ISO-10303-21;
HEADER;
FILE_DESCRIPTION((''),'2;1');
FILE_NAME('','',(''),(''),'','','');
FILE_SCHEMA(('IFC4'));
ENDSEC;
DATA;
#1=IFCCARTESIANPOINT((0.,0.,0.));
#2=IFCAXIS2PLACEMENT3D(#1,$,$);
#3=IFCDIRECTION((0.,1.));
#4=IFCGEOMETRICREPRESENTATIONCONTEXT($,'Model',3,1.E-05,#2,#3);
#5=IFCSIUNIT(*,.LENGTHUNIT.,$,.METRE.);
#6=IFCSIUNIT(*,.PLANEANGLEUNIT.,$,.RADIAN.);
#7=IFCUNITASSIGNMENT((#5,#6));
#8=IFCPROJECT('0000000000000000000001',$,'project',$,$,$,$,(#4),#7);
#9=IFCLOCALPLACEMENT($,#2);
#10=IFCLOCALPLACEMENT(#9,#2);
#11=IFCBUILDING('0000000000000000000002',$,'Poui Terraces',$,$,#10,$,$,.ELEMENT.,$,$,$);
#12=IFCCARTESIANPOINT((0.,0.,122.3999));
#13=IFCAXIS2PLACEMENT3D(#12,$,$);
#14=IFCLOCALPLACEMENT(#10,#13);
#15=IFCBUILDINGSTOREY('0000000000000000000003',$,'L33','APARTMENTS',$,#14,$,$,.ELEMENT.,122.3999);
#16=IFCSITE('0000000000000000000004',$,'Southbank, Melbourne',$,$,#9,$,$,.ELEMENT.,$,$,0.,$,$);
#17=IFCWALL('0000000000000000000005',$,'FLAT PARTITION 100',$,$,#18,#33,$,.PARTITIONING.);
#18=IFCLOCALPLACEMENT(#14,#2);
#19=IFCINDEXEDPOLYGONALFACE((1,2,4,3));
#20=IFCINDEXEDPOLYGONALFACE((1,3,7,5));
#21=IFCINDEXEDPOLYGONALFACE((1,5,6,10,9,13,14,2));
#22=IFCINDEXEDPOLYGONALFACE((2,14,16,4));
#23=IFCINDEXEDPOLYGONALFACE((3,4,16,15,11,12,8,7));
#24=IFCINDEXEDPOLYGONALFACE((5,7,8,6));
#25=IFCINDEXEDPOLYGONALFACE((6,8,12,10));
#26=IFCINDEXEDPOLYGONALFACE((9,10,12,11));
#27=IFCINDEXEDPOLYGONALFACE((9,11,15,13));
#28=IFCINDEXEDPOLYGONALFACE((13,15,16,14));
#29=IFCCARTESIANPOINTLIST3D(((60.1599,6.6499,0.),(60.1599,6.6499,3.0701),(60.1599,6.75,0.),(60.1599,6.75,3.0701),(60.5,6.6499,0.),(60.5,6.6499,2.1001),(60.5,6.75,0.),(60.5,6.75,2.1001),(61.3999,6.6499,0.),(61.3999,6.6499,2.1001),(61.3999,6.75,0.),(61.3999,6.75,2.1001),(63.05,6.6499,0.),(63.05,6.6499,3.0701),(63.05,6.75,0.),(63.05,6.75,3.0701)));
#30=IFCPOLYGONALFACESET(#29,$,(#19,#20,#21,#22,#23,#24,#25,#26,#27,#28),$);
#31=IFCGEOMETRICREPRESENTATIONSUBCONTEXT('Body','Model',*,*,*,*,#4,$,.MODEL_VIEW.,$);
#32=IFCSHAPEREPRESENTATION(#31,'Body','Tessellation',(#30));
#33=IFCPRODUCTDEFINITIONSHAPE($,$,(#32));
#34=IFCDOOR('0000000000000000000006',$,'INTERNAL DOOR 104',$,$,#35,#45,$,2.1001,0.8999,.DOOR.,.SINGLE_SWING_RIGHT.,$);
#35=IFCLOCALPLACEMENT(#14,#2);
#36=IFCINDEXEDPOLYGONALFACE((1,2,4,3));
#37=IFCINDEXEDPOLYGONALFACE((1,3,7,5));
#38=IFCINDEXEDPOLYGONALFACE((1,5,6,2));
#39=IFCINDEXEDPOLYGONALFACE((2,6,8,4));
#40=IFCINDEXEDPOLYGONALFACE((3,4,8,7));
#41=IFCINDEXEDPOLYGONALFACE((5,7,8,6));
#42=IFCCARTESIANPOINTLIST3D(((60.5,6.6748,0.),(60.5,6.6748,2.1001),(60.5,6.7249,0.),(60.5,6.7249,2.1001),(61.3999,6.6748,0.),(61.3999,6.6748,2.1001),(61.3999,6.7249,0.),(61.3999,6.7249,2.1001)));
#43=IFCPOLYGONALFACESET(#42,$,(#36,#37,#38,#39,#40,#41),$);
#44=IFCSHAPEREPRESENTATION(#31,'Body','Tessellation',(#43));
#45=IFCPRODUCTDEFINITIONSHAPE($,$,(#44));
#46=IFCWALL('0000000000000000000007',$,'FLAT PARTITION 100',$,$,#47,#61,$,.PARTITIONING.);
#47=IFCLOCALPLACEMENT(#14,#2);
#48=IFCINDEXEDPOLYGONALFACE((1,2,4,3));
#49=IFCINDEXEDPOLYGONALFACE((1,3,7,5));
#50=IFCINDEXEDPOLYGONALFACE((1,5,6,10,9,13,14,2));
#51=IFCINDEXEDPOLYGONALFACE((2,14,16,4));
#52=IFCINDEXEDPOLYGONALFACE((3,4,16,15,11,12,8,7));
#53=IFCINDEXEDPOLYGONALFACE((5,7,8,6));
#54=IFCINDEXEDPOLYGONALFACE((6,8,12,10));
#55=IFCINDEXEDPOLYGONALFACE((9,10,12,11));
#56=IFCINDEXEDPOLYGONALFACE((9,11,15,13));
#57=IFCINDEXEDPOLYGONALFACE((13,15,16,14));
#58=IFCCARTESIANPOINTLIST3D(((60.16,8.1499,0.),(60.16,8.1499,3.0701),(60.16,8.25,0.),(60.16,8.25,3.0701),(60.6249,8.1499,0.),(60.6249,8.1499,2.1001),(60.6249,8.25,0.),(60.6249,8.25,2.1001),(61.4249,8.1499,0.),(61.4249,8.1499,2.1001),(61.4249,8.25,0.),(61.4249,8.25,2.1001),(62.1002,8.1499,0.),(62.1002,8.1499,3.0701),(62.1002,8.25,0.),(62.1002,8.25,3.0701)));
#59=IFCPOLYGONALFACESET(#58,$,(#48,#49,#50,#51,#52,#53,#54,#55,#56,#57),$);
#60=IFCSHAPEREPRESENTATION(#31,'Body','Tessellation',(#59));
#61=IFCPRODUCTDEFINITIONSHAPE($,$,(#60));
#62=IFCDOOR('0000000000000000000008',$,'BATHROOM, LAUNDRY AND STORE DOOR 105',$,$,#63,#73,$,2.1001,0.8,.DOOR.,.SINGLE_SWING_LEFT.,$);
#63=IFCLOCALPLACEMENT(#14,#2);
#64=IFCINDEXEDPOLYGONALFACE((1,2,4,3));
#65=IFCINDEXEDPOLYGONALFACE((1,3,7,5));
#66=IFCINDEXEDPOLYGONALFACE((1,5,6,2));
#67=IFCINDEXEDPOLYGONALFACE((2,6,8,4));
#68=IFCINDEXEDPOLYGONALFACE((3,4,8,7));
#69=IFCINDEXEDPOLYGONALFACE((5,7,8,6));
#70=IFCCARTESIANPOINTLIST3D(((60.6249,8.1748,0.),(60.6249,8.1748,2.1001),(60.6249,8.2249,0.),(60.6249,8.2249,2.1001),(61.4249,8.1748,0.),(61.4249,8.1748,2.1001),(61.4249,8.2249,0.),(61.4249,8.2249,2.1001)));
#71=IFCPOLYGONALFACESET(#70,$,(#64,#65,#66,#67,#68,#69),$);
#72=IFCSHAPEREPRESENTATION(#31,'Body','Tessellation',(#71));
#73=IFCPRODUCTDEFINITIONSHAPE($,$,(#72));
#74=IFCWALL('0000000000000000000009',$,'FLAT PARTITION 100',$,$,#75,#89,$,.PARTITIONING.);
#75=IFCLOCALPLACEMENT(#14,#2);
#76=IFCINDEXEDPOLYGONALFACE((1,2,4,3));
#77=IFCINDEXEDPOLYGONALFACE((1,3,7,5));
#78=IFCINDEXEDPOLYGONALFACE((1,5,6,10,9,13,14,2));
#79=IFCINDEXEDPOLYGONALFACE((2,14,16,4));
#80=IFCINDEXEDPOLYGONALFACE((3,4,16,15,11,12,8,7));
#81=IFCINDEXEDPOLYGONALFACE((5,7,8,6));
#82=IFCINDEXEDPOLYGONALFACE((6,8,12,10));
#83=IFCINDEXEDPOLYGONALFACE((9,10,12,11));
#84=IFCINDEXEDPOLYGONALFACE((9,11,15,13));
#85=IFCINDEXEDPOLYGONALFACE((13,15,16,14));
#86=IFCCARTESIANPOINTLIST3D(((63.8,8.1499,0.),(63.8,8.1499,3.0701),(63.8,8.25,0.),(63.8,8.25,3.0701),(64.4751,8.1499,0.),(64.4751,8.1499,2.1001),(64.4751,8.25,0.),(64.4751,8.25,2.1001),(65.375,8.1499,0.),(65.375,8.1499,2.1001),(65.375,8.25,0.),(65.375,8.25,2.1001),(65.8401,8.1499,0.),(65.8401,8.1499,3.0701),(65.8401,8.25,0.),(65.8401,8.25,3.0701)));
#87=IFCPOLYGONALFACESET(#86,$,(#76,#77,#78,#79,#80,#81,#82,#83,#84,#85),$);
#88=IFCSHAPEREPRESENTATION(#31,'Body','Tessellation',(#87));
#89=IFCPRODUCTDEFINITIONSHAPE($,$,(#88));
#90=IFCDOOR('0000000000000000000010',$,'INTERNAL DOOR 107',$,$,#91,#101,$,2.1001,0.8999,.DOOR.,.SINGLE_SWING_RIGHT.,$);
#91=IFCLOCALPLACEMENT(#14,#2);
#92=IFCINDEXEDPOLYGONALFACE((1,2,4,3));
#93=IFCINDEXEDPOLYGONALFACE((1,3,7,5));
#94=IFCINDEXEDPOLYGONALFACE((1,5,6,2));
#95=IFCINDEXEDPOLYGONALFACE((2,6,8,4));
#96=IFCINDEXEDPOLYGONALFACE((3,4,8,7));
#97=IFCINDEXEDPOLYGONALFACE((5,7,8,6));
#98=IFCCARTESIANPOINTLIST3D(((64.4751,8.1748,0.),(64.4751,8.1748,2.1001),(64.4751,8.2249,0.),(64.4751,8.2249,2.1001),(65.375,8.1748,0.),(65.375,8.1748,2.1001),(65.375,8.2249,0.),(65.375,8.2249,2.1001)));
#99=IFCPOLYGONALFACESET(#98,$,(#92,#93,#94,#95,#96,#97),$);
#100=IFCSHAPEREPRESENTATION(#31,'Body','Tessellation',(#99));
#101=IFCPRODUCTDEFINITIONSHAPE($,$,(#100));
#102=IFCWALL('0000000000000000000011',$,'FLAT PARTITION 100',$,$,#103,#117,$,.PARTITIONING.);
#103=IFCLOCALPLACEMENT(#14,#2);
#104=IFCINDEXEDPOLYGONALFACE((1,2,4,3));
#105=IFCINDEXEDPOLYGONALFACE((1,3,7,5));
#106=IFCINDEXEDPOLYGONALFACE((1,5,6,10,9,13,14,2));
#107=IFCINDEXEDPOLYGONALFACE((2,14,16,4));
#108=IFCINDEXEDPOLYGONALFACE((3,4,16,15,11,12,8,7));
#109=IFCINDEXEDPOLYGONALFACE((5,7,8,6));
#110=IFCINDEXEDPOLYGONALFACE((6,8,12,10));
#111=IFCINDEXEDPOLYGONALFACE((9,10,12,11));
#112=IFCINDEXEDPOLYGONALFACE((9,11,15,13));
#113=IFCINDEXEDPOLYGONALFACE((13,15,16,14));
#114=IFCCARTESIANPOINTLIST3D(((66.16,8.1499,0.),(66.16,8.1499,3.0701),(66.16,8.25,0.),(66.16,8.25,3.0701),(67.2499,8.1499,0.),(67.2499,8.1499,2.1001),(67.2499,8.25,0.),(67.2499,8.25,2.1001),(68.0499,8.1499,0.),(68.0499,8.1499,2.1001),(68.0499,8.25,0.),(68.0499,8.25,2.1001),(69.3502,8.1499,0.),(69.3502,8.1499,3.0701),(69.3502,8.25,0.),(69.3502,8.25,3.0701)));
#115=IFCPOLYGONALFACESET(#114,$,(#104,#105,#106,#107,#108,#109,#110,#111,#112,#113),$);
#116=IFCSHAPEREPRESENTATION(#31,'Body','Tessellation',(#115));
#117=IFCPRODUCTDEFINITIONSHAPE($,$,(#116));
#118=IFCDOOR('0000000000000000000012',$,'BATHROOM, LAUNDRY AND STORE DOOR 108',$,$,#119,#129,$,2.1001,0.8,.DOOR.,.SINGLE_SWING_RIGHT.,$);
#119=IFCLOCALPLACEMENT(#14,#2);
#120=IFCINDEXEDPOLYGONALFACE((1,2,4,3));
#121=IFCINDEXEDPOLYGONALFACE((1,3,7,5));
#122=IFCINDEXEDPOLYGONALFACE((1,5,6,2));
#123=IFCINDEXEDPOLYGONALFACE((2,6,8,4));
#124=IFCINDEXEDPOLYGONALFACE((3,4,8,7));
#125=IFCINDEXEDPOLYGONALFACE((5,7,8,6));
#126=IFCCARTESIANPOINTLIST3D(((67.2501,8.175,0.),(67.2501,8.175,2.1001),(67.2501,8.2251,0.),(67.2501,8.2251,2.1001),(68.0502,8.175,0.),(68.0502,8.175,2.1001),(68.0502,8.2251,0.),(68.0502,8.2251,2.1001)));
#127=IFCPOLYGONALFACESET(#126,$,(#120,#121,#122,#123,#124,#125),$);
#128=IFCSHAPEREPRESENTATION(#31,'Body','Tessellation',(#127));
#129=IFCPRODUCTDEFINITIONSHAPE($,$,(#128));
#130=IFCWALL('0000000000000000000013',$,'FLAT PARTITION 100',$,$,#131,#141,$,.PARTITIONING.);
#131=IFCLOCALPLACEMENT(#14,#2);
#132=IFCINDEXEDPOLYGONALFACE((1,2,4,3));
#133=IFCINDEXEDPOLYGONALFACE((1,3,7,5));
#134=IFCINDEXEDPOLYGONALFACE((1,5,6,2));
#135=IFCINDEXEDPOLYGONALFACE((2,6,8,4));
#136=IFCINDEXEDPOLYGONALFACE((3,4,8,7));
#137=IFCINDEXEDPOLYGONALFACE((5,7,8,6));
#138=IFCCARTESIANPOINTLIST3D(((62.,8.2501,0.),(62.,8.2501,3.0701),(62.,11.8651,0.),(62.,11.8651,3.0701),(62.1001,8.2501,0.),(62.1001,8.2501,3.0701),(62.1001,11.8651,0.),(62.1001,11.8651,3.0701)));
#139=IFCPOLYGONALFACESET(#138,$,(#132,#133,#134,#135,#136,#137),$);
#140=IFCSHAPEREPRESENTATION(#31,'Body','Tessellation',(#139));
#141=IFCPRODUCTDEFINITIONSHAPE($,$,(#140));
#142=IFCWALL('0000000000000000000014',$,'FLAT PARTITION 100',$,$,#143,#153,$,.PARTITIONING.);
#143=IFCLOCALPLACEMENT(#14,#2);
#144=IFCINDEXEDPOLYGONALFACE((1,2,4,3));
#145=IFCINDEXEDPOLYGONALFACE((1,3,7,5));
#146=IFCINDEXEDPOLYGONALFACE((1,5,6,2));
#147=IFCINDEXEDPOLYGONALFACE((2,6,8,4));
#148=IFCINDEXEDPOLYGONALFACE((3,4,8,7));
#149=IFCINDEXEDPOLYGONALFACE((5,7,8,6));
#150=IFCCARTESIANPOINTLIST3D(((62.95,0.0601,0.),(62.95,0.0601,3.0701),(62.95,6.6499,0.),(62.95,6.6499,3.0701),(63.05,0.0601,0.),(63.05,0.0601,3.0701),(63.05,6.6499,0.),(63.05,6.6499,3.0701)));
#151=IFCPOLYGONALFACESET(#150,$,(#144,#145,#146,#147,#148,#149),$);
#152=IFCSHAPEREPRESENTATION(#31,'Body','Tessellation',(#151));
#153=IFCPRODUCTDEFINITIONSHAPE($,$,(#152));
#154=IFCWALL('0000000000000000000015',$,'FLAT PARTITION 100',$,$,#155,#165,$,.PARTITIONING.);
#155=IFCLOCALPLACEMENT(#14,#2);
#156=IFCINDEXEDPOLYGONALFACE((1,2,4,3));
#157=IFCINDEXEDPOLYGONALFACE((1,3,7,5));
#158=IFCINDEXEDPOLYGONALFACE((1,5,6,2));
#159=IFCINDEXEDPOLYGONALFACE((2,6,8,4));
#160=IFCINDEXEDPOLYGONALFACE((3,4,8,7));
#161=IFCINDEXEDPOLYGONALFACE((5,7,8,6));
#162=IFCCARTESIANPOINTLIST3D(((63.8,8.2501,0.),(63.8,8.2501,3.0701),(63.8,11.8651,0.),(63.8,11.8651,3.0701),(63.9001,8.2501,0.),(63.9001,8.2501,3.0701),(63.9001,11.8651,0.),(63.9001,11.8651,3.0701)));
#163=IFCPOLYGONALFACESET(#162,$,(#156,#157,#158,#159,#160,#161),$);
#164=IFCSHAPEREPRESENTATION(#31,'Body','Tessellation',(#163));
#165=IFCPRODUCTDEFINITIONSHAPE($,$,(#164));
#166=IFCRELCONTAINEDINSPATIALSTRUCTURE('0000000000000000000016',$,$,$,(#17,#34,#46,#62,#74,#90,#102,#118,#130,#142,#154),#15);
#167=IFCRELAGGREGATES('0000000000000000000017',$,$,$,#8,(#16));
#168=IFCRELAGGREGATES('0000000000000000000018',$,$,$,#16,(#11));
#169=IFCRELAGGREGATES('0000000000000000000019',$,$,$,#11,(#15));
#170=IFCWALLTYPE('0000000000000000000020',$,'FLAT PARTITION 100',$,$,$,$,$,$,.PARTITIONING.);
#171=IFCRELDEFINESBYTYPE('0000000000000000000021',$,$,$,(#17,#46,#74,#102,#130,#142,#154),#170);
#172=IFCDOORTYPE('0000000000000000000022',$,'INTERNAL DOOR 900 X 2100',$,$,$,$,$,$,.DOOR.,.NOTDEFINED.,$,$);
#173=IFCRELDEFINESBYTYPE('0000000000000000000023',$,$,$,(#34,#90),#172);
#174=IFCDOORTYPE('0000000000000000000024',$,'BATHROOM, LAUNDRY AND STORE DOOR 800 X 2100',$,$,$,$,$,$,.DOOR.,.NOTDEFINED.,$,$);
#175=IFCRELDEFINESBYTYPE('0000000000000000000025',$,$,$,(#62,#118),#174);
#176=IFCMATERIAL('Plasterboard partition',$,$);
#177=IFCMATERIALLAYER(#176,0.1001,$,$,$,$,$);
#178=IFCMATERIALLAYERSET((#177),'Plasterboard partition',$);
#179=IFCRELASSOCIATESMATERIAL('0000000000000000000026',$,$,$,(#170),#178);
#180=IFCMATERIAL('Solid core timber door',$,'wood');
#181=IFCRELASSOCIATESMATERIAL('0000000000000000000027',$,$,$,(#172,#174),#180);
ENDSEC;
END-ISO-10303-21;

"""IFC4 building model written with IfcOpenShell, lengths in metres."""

from ifc_helpers import new_model, si_unit, direction, frame, frame_2d, origin, place, context, subcontext, project, spatial, rectangle, extrude, material, layer, layer_set, type_object, element, fill, save


model = new_model("IFC4")

# Units and contexts
model_context = context("Model", 3, precision=1e-05, world=origin(), true_north=direction((0.0, 1.0)))
body_context = subcontext(model_context, "Body", "Model", "MODEL_VIEW")
ifc_project = project(units=[si_unit("LENGTHUNIT", "METRE"), si_unit("PLANEANGLEUNIT", "RADIAN")], contexts=[model_context])

# Site, building, storey
site_placement = place(None, origin())
site = spatial("IfcSite", under=ifc_project, at=site_placement, Name="Southbank, Melbourne", CompositionType="ELEMENT", RefElevation=0.0)
building_placement = place(site_placement, origin())
building = spatial("IfcBuilding", under=site, at=building_placement, Name="Poui Terraces", CompositionType="ELEMENT")
storey_placement = place(building_placement, frame((0.0, 0.0, 122.3999)))
storey = spatial("IfcBuildingStorey", under=building, at=storey_placement, Name="L33", Description="APARTMENTS", CompositionType="ELEMENT", Elevation=122.3999)

# Shared definitions
ifc_material_1 = material(Name="Plasterboard partition")
ifc_layer_1 = layer(ifc_material_1, 0.1001)
ifc_layer_set_1 = layer_set([ifc_layer_1], Name="Plasterboard partition")
wall_type_1 = type_object("IfcWallType", Name="FLAT PARTITION 100", PredefinedType="PARTITIONING", material=ifc_layer_set_1)
ifc_material_2 = material(Name="Solid core timber door", Category="wood")
door_type_1 = type_object("IfcDoorType", Name="INTERNAL DOOR 900 X 2100", OperationType="NOTDEFINED", PredefinedType="DOOR", material=ifc_material_2)

# Walls, openings, doors
wall_1_placement = place(storey_placement, frame((60.1599, 6.7, 0.0), z_axis=(0.0, 0.0, 1.0), x_axis=(1.0, 0.0, 0.0)))
wall_1 = element("IfcWall", 1, at=wall_1_placement, inside=storey, type_object=wall_type_1, Name="FLAT PARTITION 100", PredefinedType="PARTITIONING", context=body_context, shape_type="SweptSolid", body=[
    extrude(rectangle(XDim=2.8901, YDim=0.1001, at=frame_2d((1.4451, 0.0))), origin(), (0.0, 0.0, 1.0), 3.0701),
])
opening_1_placement = place(wall_1_placement, frame((0.3401, 0.0, 0.0)))
opening_1 = element("IfcOpeningElement", 2, at=opening_1_placement, cuts=wall_1, PredefinedType="OPENING", context=body_context, shape_type="SweptSolid", body=[
    extrude(rectangle(XDim=0.8999, YDim=2.1001, at=frame_2d((0.45, 1.05))), frame((0.0, 0.0601, 0.0), z_axis=(0.0, -1.0, 0.0), x_axis=(1.0, 0.0, 0.0)), (0.0, 0.0, 1.0), 0.1201),
])
door_1_placement = place(opening_1_placement, origin())
door_1 = element("IfcDoor", 3, at=door_1_placement, inside=storey, type_object=door_type_1, Name="INTERNAL DOOR 104", OperationType="SINGLE_SWING_RIGHT", OverallHeight=2.1001, OverallWidth=0.8999, PredefinedType="DOOR", context=body_context, shape_type="SweptSolid", body=[
    extrude(rectangle(XDim=0.8999, YDim=2.1001, at=frame_2d((0.45, 1.05))), frame((0.0, 0.0249, 0.0), z_axis=(0.0, -1.0, 0.0), x_axis=(1.0, 0.0, 0.0)), (0.0, 0.0, 1.0), 0.05),
])
fill(opening_1, door_1)
wall_2_placement = place(storey_placement, frame((60.1599, 8.2, 0.0), z_axis=(0.0, 0.0, 1.0), x_axis=(1.0, 0.0, 0.0)))
wall_2 = element("IfcWall", 4, at=wall_2_placement, inside=storey, type_object=wall_type_1, Name="FLAT PARTITION 100", PredefinedType="PARTITIONING", context=body_context, shape_type="SweptSolid", body=[
    extrude(rectangle(XDim=1.9402, YDim=0.1001, at=frame_2d((0.9702, 0.0))), origin(), (0.0, 0.0, 1.0), 3.0701),
])
opening_2_placement = place(wall_2_placement, frame((0.4651, 0.0, 0.0)))
opening_2 = element("IfcOpeningElement", 5, at=opening_2_placement, cuts=wall_2, PredefinedType="OPENING", context=body_context, shape_type="SweptSolid", body=[
    extrude(rectangle(XDim=0.8, YDim=2.1001, at=frame_2d((0.3999, 1.05))), frame((0.0, 0.0601, 0.0), z_axis=(0.0, -1.0, 0.0), x_axis=(1.0, 0.0, 0.0)), (0.0, 0.0, 1.0), 0.1201),
])
door_type_2 = type_object("IfcDoorType", Name="BATHROOM, LAUNDRY AND STORE DOOR 800 X 2100", OperationType="NOTDEFINED", PredefinedType="DOOR", material=ifc_material_2)
door_2_placement = place(opening_2_placement, origin())
door_2 = element("IfcDoor", 6, at=door_2_placement, inside=storey, type_object=door_type_2, Name="BATHROOM, LAUNDRY AND STORE DOOR 105", OperationType="SINGLE_SWING_LEFT", OverallHeight=2.1001, OverallWidth=0.8, PredefinedType="DOOR", context=body_context, shape_type="SweptSolid", body=[
    extrude(rectangle(XDim=0.8, YDim=2.1001, at=frame_2d((0.3999, 1.05))), frame((0.0, 0.0249, 0.0), z_axis=(0.0, -1.0, 0.0), x_axis=(1.0, 0.0, 0.0)), (0.0, 0.0, 1.0), 0.05),
])
fill(opening_2, door_2)
wall_3_placement = place(storey_placement, frame((63.8, 8.2, 0.0), z_axis=(0.0, 0.0, 1.0), x_axis=(1.0, 0.0, 0.0)))
wall_3 = element("IfcWall", 7, at=wall_3_placement, inside=storey, type_object=wall_type_1, Name="FLAT PARTITION 100", PredefinedType="PARTITIONING", context=body_context, shape_type="SweptSolid", body=[
    extrude(rectangle(XDim=2.04, YDim=0.1001, at=frame_2d((1.02, 0.0))), origin(), (0.0, 0.0, 1.0), 3.0701),
])
opening_3_placement = place(wall_3_placement, frame((0.675, 0.0, 0.0)))
opening_3 = element("IfcOpeningElement", 8, at=opening_3_placement, cuts=wall_3, PredefinedType="OPENING", context=body_context, shape_type="SweptSolid", body=[
    extrude(rectangle(XDim=0.8999, YDim=2.1001, at=frame_2d((0.45, 1.05))), frame((0.0, 0.0601, 0.0), z_axis=(0.0, -1.0, 0.0), x_axis=(1.0, 0.0, 0.0)), (0.0, 0.0, 1.0), 0.1201),
])
door_3_placement = place(opening_3_placement, origin())
door_3 = element("IfcDoor", 9, at=door_3_placement, inside=storey, type_object=door_type_1, Name="INTERNAL DOOR 107", OperationType="SINGLE_SWING_RIGHT", OverallHeight=2.1001, OverallWidth=0.8999, PredefinedType="DOOR", context=body_context, shape_type="SweptSolid", body=[
    extrude(rectangle(XDim=0.8999, YDim=2.1001, at=frame_2d((0.45, 1.05))), frame((0.0, 0.0249, 0.0), z_axis=(0.0, -1.0, 0.0), x_axis=(1.0, 0.0, 0.0)), (0.0, 0.0, 1.0), 0.05),
])
fill(opening_3, door_3)
wall_4_placement = place(storey_placement, frame((66.1599, 8.2, 0.0), z_axis=(0.0, 0.0, 1.0), x_axis=(1.0, 0.0, 0.0)))
wall_4 = element("IfcWall", 10, at=wall_4_placement, inside=storey, type_object=wall_type_1, Name="FLAT PARTITION 100", PredefinedType="PARTITIONING", context=body_context, shape_type="SweptSolid", body=[
    extrude(rectangle(XDim=3.1902, YDim=0.1001, at=frame_2d((1.5952, 0.0))), origin(), (0.0, 0.0, 1.0), 3.0701),
])
opening_4_placement = place(wall_4_placement, frame((1.0901, 0.0, 0.0)))
opening_4 = element("IfcOpeningElement", 11, at=opening_4_placement, cuts=wall_4, PredefinedType="OPENING", context=body_context, shape_type="SweptSolid", body=[
    extrude(rectangle(XDim=0.8, YDim=2.1001, at=frame_2d((0.3999, 1.05))), frame((0.0, 0.0601, 0.0), z_axis=(0.0, -1.0, 0.0), x_axis=(1.0, 0.0, 0.0)), (0.0, 0.0, 1.0), 0.1201),
])
door_4_placement = place(opening_4_placement, frame((0.8, 0.0, 0.0), z_axis=(0.0, 0.0, 1.0), x_axis=(-1.0, 0.0, 0.0)))
door_4 = element("IfcDoor", 12, at=door_4_placement, inside=storey, type_object=door_type_2, Name="BATHROOM, LAUNDRY AND STORE DOOR 108", OperationType="SINGLE_SWING_RIGHT", OverallHeight=2.1001, OverallWidth=0.8, PredefinedType="DOOR", context=body_context, shape_type="SweptSolid", body=[
    extrude(rectangle(XDim=0.8, YDim=2.1001, at=frame_2d((0.3999, 1.05))), frame((0.0, 0.0249, 0.0), z_axis=(0.0, -1.0, 0.0), x_axis=(1.0, 0.0, 0.0)), (0.0, 0.0, 1.0), 0.05),
])
fill(opening_4, door_4)

# Walls
wall_5_placement = place(storey_placement, frame((62.05, 8.25, 0.0), z_axis=(0.0, 0.0, 1.0), x_axis=(0.0, 1.0, 0.0)))
element("IfcWall", 13, at=wall_5_placement, inside=storey, type_object=wall_type_1, Name="FLAT PARTITION 100", PredefinedType="PARTITIONING", context=body_context, shape_type="SweptSolid", body=[
    extrude(rectangle(XDim=3.615, YDim=0.1001, at=frame_2d((1.8076, 0.0))), origin(), (0.0, 0.0, 1.0), 3.0701),
])
wall_6_placement = place(storey_placement, frame((63.0, 0.0601, 0.0), z_axis=(0.0, 0.0, 1.0), x_axis=(0.0, 1.0, 0.0)))
element("IfcWall", 14, at=wall_6_placement, inside=storey, type_object=wall_type_1, Name="FLAT PARTITION 100", PredefinedType="PARTITIONING", context=body_context, shape_type="SweptSolid", body=[
    extrude(rectangle(XDim=6.5898, YDim=0.1001, at=frame_2d((3.2949, 0.0))), origin(), (0.0, 0.0, 1.0), 3.0701),
])
wall_7_placement = place(storey_placement, frame((63.8501, 8.25, 0.0), z_axis=(0.0, 0.0, 1.0), x_axis=(0.0, 1.0, 0.0)))
element("IfcWall", 15, at=wall_7_placement, inside=storey, type_object=wall_type_1, Name="FLAT PARTITION 100", PredefinedType="PARTITIONING", context=body_context, shape_type="SweptSolid", body=[
    extrude(rectangle(XDim=3.615, YDim=0.1001, at=frame_2d((1.8076, 0.0))), origin(), (0.0, 0.0, 1.0), 3.0701),
])

save(model, "model.ifc")
